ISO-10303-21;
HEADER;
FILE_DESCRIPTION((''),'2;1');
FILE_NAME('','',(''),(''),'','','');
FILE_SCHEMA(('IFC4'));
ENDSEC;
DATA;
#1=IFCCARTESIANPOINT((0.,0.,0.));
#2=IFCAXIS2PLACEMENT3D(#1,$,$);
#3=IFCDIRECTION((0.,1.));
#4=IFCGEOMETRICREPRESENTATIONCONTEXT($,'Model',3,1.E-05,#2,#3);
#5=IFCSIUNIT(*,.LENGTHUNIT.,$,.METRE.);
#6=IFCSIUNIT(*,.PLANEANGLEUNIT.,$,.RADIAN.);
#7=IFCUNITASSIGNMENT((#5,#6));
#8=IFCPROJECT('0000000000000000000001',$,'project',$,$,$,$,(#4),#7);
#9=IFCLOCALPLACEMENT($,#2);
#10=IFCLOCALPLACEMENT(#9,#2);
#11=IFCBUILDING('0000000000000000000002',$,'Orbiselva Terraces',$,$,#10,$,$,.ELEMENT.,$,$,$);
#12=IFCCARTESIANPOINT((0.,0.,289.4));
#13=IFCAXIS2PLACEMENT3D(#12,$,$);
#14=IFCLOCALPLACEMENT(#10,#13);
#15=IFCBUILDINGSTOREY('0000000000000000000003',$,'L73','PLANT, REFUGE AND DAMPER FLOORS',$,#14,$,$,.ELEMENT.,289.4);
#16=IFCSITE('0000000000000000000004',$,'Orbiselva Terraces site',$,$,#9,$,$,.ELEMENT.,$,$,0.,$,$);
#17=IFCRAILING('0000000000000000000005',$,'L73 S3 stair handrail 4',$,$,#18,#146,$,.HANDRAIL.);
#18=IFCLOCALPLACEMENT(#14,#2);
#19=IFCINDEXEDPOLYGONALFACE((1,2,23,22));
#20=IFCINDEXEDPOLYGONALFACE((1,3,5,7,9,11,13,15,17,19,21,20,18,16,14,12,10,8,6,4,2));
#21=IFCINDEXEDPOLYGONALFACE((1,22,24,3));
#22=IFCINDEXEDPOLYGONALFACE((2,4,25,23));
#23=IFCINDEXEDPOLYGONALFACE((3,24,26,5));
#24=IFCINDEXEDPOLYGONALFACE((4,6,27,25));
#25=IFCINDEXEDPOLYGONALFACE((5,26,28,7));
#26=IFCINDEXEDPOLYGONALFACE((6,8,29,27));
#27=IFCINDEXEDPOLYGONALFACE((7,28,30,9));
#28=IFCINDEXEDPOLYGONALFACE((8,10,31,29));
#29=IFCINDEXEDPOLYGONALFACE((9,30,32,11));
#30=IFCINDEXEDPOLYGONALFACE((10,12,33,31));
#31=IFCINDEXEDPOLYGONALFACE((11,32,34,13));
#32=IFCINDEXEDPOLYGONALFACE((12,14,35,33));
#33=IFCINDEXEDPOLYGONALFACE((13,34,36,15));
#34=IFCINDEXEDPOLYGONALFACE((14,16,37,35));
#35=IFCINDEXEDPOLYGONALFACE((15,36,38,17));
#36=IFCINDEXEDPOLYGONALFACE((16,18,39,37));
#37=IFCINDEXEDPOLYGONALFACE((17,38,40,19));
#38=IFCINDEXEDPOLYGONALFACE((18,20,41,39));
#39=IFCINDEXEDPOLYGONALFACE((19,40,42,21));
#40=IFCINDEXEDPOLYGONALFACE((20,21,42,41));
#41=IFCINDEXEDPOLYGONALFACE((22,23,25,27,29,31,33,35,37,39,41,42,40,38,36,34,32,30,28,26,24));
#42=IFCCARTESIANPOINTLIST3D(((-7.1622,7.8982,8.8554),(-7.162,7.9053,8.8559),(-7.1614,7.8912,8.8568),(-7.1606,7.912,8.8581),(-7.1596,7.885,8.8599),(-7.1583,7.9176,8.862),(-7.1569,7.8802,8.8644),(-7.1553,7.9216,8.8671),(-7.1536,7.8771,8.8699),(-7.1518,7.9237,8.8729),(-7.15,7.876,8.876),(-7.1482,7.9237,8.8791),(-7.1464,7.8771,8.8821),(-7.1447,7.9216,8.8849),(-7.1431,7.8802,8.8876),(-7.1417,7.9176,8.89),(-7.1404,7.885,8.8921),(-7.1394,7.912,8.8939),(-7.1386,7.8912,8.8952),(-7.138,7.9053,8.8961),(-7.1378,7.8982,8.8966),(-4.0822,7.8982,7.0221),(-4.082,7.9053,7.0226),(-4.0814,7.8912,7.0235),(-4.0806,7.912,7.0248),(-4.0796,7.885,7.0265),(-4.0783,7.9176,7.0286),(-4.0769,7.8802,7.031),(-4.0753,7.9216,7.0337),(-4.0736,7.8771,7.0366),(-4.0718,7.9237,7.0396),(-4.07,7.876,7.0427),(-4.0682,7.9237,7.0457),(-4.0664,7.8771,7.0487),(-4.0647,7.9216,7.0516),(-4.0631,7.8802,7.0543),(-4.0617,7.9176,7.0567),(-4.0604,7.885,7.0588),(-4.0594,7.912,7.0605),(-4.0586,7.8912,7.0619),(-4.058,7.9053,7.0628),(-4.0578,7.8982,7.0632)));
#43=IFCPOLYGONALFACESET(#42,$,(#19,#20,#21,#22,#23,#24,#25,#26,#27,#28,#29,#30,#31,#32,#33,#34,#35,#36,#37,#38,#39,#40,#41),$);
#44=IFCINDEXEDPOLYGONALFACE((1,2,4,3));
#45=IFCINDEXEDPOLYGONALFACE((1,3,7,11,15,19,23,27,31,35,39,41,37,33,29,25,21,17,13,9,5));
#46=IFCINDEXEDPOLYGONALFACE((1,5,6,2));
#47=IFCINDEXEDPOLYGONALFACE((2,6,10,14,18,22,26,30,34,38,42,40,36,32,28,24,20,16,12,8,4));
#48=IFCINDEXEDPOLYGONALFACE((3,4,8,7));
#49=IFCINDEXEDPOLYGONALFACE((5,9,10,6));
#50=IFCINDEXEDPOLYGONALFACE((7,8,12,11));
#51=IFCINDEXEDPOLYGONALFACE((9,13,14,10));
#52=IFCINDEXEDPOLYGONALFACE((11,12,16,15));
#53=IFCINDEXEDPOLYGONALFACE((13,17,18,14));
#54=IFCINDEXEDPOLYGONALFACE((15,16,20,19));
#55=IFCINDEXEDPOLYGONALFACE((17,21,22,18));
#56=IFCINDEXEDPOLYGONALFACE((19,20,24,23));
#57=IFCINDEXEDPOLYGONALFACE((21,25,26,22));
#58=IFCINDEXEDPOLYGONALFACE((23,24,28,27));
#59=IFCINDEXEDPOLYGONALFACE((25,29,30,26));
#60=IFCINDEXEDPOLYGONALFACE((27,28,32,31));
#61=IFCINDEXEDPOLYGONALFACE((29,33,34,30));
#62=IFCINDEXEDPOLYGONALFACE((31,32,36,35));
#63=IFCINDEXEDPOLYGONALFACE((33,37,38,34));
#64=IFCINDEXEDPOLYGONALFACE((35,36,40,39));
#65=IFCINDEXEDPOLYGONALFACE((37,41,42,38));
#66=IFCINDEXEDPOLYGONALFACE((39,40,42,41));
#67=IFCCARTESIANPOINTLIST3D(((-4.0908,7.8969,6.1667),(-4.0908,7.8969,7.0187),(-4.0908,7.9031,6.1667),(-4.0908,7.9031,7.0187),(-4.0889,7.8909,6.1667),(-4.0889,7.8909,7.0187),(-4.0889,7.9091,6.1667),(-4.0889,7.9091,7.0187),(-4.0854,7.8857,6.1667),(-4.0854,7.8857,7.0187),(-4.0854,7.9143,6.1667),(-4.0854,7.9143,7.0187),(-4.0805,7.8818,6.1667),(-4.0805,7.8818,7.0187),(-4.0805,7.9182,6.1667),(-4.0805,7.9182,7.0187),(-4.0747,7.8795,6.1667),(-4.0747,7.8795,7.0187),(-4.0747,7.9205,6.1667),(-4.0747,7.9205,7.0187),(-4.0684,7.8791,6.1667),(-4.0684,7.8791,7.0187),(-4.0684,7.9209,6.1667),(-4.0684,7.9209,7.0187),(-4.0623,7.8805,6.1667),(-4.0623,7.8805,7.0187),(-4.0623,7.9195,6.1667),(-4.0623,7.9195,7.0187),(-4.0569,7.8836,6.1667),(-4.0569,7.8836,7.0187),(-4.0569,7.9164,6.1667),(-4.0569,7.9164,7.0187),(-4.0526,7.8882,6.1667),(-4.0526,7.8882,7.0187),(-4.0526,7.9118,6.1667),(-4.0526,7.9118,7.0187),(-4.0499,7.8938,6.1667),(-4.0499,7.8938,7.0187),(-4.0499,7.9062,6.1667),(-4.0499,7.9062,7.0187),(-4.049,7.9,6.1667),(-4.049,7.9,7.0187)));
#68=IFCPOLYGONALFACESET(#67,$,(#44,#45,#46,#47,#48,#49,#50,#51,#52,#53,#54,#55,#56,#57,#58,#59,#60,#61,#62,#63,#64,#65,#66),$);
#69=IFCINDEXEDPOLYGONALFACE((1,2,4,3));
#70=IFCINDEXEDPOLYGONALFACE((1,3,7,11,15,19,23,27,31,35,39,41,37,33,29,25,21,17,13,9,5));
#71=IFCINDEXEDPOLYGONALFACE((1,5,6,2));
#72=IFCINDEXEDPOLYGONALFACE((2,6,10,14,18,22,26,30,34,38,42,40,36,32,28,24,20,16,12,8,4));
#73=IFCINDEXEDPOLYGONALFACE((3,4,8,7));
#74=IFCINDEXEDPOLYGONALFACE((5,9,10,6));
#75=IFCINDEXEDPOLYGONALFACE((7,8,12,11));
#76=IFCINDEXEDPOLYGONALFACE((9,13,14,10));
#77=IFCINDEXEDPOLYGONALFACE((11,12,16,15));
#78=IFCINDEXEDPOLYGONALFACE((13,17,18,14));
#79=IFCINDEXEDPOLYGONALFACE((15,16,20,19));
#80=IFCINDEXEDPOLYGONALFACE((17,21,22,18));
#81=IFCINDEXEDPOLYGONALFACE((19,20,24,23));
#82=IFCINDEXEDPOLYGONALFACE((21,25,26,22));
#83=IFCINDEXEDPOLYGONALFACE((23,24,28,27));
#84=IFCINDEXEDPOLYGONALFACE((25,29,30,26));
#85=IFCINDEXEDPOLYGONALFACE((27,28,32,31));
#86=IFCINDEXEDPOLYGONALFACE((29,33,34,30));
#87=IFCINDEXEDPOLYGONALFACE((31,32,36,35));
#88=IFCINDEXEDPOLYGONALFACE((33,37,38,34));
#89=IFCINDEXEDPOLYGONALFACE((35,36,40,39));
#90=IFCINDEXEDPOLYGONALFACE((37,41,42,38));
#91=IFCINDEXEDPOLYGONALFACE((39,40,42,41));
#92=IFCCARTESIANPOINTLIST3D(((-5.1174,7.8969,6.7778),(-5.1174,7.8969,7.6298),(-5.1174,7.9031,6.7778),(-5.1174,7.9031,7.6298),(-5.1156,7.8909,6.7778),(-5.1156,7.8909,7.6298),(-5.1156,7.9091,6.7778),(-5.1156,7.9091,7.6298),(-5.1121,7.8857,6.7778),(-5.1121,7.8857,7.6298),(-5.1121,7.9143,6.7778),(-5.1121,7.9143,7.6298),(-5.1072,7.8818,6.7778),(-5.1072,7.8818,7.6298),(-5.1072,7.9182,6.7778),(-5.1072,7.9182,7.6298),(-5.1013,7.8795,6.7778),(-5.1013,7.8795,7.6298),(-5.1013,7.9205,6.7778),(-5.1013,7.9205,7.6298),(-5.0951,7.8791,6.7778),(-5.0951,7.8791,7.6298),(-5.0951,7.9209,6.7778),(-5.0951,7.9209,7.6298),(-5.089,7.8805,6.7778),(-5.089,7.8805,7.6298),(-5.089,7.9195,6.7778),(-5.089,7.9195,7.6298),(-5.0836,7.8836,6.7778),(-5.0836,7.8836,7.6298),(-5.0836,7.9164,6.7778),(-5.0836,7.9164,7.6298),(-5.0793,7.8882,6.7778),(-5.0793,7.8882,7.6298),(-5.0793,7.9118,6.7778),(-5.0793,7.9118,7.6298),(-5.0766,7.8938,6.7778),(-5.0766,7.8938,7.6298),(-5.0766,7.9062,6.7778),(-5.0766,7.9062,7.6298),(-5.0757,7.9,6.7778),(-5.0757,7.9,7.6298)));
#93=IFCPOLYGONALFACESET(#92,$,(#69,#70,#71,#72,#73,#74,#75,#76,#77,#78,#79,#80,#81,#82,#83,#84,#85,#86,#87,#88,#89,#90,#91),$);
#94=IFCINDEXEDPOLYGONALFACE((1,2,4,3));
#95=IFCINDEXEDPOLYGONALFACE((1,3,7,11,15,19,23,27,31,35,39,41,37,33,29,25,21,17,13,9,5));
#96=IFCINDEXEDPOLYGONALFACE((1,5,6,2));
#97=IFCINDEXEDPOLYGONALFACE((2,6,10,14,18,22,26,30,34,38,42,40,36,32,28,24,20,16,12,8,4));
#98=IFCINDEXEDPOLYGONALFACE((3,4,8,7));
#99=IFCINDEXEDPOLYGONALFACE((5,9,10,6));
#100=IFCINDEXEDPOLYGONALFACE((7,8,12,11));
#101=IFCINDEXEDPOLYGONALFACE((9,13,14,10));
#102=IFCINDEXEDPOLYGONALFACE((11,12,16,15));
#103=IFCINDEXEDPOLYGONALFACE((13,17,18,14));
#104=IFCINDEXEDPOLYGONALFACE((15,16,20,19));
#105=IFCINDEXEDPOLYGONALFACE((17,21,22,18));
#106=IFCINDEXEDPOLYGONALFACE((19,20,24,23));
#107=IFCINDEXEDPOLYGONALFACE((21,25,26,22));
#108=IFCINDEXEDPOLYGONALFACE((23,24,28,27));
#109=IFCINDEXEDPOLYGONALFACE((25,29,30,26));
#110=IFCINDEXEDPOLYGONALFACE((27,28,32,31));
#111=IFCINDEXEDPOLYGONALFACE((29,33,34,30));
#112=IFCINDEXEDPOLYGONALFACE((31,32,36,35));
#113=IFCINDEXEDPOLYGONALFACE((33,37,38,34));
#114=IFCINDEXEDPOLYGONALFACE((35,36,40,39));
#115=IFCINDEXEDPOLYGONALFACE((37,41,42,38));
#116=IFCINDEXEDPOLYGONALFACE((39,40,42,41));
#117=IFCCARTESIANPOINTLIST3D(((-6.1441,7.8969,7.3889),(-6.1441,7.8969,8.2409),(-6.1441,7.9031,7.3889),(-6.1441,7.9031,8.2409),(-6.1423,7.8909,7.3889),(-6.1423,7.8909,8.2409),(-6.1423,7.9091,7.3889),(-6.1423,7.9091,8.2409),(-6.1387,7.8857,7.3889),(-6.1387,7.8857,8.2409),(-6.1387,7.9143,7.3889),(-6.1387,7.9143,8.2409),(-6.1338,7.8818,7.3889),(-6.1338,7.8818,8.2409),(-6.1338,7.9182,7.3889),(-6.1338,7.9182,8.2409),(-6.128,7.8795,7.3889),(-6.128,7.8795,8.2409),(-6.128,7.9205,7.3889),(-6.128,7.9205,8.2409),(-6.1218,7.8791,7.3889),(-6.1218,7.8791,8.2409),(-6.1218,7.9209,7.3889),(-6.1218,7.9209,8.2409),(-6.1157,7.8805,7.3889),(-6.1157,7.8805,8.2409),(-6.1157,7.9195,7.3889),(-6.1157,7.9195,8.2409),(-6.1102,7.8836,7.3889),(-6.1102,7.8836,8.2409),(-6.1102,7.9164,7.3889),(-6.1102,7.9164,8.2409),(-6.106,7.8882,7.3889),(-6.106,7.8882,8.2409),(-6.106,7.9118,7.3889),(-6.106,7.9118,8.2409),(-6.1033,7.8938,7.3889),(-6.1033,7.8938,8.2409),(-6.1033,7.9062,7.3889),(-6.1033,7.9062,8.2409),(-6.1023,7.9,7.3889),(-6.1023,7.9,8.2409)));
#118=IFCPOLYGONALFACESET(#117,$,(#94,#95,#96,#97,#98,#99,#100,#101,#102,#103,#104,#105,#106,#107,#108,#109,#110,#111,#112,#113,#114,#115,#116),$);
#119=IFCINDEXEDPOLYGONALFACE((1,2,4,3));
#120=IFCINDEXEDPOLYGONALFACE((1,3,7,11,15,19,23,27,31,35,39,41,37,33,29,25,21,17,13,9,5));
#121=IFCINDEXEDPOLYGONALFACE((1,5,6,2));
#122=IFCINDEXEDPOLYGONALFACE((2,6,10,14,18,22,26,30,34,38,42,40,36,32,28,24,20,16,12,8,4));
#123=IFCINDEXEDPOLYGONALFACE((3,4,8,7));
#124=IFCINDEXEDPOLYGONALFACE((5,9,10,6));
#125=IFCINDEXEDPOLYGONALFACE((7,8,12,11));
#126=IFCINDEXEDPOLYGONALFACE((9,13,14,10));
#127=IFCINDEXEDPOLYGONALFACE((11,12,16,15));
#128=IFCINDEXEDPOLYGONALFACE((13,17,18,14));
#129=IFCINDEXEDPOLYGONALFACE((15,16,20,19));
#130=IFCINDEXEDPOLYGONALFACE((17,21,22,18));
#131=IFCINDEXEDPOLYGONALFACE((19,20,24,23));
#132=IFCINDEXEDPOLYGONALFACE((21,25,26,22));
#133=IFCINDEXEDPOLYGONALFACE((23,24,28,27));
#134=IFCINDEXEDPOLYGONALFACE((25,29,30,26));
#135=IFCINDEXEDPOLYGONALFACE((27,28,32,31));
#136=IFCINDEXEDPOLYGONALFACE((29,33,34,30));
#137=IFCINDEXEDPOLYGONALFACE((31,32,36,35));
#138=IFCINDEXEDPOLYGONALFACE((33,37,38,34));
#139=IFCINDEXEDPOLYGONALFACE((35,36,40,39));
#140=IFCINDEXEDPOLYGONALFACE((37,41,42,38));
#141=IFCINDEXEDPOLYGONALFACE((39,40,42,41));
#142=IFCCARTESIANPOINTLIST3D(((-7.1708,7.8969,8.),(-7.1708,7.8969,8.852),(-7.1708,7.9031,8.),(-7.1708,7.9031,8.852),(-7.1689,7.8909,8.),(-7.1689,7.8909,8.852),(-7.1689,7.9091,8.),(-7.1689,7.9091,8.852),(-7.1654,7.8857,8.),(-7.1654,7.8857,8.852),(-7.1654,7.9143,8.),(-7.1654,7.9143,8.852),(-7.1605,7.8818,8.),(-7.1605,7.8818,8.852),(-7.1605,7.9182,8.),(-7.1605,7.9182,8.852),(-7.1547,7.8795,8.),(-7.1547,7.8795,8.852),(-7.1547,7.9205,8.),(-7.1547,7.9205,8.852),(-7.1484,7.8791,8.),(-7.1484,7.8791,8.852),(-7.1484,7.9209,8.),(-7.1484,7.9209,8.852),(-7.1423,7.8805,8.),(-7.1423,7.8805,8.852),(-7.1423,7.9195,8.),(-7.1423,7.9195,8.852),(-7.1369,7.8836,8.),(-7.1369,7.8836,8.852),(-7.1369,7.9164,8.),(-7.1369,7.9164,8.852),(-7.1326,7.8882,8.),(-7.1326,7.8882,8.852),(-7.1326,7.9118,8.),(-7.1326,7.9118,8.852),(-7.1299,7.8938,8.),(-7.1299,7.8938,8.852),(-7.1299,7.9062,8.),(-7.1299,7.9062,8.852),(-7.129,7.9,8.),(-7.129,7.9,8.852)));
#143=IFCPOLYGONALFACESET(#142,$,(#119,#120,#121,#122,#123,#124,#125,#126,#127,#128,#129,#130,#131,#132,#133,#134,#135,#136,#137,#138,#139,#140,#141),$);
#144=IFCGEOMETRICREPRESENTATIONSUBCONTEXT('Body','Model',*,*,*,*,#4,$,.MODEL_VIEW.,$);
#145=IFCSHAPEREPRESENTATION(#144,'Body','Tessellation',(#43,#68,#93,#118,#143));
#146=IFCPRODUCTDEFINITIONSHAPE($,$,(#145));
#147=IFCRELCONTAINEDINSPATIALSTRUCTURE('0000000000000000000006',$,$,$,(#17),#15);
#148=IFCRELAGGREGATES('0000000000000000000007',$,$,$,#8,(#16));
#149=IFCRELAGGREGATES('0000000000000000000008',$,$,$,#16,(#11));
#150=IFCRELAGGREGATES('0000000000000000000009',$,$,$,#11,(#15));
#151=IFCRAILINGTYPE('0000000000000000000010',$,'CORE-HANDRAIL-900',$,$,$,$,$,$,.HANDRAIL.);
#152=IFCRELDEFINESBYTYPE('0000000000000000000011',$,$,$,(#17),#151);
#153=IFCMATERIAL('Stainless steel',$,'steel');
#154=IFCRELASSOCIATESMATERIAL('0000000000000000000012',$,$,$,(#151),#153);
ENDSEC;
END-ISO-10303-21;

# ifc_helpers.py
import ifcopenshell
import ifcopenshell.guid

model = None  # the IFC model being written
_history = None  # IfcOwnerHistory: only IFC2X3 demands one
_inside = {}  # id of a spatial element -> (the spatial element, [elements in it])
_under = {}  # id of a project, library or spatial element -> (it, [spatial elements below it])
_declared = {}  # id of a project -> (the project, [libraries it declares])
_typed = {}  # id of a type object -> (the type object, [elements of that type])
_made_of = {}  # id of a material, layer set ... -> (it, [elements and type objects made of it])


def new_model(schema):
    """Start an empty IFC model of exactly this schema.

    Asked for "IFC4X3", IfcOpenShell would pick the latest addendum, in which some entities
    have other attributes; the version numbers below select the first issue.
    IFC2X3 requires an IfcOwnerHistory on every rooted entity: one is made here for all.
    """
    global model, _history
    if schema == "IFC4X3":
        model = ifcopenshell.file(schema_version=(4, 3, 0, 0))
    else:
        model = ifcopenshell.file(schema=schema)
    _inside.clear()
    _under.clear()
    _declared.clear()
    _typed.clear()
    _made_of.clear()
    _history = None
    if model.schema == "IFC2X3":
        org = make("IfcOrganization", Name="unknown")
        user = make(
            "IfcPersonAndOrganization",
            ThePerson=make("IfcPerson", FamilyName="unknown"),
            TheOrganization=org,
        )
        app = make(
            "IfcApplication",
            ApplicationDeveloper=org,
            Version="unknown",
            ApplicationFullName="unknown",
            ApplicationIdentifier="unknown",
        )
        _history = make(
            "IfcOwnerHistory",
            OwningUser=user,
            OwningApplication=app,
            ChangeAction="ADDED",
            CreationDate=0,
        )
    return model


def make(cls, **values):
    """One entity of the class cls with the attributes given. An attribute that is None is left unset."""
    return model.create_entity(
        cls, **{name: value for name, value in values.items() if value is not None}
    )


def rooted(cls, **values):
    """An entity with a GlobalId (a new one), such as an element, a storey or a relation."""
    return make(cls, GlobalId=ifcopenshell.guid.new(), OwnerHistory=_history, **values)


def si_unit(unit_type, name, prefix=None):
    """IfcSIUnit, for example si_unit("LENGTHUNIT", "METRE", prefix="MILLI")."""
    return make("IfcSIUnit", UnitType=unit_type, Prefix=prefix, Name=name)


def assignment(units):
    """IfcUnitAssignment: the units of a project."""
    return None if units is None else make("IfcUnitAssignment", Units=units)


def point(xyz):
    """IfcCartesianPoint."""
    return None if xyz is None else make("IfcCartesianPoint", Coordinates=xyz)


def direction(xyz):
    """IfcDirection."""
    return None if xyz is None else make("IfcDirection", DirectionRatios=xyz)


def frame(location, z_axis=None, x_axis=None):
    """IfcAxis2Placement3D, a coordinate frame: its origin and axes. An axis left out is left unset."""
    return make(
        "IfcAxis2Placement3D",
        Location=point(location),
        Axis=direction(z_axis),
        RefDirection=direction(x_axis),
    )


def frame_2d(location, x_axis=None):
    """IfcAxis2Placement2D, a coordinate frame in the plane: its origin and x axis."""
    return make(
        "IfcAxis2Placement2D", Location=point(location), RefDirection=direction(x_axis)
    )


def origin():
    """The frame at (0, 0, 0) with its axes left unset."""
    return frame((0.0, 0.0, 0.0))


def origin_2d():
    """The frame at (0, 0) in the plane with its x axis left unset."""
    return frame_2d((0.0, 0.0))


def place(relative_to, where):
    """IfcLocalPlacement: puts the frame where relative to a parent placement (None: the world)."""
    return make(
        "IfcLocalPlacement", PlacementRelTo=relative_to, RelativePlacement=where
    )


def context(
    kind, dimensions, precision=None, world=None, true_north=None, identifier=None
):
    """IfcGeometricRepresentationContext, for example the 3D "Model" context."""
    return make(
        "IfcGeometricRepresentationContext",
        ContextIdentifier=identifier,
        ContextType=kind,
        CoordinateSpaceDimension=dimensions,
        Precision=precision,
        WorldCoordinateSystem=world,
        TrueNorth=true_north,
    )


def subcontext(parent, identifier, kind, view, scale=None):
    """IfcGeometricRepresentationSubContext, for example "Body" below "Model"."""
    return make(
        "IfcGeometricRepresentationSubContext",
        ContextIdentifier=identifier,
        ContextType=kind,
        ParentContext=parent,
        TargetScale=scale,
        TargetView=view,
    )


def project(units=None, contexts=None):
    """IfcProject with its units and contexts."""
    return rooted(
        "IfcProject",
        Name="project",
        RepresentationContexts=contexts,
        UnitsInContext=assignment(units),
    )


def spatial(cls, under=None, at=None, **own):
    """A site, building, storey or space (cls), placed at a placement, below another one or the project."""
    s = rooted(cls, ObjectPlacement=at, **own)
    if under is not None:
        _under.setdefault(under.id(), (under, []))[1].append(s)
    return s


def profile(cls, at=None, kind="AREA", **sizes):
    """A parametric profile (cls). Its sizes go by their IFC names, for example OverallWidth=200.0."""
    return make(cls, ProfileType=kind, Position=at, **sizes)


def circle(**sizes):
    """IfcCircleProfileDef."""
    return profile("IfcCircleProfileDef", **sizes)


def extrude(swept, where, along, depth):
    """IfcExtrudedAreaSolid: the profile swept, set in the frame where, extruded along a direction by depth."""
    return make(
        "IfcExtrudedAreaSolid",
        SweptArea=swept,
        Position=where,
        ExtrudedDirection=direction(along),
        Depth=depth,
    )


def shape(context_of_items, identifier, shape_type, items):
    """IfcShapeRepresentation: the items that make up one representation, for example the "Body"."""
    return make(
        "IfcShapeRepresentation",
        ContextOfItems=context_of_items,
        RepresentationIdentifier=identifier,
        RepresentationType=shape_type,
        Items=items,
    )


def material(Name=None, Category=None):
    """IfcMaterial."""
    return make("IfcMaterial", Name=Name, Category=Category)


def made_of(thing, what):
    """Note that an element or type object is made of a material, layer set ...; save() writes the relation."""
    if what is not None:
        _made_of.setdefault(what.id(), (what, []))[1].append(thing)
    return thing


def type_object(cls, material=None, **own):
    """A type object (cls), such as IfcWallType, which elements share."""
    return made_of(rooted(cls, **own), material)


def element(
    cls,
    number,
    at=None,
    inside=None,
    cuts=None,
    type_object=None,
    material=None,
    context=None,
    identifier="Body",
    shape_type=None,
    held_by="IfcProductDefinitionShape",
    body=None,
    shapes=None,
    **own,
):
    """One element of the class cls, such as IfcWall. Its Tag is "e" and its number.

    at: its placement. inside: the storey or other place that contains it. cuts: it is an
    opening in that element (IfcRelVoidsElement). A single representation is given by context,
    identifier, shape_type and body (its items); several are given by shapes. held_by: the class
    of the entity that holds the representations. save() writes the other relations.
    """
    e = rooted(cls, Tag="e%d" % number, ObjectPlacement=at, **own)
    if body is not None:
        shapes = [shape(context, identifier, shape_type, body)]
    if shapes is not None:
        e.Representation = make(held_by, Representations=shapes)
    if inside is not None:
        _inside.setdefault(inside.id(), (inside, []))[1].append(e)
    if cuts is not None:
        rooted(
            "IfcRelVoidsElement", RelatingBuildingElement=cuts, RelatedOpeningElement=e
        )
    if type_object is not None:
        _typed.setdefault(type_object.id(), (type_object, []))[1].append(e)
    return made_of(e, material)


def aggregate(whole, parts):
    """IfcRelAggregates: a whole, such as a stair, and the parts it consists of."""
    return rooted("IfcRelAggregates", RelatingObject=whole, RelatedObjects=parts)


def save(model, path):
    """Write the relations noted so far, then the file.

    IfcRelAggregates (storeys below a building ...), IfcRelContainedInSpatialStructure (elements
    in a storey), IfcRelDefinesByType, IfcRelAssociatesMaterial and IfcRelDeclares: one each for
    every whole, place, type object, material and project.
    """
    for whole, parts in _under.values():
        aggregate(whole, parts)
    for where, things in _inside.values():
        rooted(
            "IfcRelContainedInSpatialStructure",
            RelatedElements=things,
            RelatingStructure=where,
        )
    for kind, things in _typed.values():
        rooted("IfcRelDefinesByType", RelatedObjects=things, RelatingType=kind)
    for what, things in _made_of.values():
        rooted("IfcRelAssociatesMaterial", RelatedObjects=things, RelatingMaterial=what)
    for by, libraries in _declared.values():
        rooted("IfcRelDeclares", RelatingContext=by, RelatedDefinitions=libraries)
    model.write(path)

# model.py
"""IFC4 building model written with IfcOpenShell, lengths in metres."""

from ifc_helpers import new_model, si_unit, direction, frame, origin, origin_2d, place, context, subcontext, project, spatial, circle, extrude, material, type_object, element, save


model = new_model("IFC4")

# Units and contexts
model_context = context("Model", 3, precision=1e-05, world=origin(), true_north=direction((0.0, 1.0)))
body_context = subcontext(model_context, "Body", "Model", "MODEL_VIEW")
ifc_project = project(units=[si_unit("LENGTHUNIT", "METRE"), si_unit("PLANEANGLEUNIT", "RADIAN")], contexts=[model_context])

# Site, building, storey
site_placement = place(None, origin())
site = spatial("IfcSite", under=ifc_project, at=site_placement, Name="Orbiselva Terraces site", CompositionType="ELEMENT", RefElevation=0.0)
building_placement = place(site_placement, origin())
building = spatial("IfcBuilding", under=site, at=building_placement, Name="Orbiselva Terraces", CompositionType="ELEMENT")
storey_placement = place(building_placement, frame((0.0, 0.0, 289.4)))
storey = spatial("IfcBuildingStorey", under=building, at=storey_placement, Name="L73", Description="PLANT, REFUGE AND DAMPER FLOORS", CompositionType="ELEMENT", Elevation=289.4)

# Railing
ifc_material_1 = material(Name="Stainless steel", Category="steel")
railing_type_1 = type_object("IfcRailingType", Name="CORE-HANDRAIL-900", PredefinedType="HANDRAIL", material=ifc_material_1)
railing_1_placement = place(storey_placement, frame((-4.07, 7.9, 6.1667)))
element("IfcRailing", 1, at=railing_1_placement, inside=storey, type_object=railing_type_1, Name="L73 S3 stair handrail 4", PredefinedType="HANDRAIL", context=body_context, shape_type="SweptSolid", body=[
    extrude(circle(Radius=0.024, at=origin_2d()), frame((0.0, 0.0, 0.876), z_axis=(-0.859293, 0.0, 0.511484), x_axis=(0.0, -1.0, 0.0)), (0.0, 0.0, 1.0), 3.5843),
    extrude(circle(Radius=0.021, at=origin_2d()), origin(), (0.0, 0.0, 1.0), 0.852),
    extrude(circle(Radius=0.021, at=origin_2d()), frame((-1.0267, 0.0, 0.6111)), (0.0, 0.0, 1.0), 0.852),
    extrude(circle(Radius=0.021, at=origin_2d()), frame((-2.0533, 0.0, 1.2222)), (0.0, 0.0, 1.0), 0.852),
    extrude(circle(Radius=0.021, at=origin_2d()), frame((-3.08, 0.0, 1.8333)), (0.0, 0.0, 1.0), 0.852),
])

save(model, "model.ifc")
